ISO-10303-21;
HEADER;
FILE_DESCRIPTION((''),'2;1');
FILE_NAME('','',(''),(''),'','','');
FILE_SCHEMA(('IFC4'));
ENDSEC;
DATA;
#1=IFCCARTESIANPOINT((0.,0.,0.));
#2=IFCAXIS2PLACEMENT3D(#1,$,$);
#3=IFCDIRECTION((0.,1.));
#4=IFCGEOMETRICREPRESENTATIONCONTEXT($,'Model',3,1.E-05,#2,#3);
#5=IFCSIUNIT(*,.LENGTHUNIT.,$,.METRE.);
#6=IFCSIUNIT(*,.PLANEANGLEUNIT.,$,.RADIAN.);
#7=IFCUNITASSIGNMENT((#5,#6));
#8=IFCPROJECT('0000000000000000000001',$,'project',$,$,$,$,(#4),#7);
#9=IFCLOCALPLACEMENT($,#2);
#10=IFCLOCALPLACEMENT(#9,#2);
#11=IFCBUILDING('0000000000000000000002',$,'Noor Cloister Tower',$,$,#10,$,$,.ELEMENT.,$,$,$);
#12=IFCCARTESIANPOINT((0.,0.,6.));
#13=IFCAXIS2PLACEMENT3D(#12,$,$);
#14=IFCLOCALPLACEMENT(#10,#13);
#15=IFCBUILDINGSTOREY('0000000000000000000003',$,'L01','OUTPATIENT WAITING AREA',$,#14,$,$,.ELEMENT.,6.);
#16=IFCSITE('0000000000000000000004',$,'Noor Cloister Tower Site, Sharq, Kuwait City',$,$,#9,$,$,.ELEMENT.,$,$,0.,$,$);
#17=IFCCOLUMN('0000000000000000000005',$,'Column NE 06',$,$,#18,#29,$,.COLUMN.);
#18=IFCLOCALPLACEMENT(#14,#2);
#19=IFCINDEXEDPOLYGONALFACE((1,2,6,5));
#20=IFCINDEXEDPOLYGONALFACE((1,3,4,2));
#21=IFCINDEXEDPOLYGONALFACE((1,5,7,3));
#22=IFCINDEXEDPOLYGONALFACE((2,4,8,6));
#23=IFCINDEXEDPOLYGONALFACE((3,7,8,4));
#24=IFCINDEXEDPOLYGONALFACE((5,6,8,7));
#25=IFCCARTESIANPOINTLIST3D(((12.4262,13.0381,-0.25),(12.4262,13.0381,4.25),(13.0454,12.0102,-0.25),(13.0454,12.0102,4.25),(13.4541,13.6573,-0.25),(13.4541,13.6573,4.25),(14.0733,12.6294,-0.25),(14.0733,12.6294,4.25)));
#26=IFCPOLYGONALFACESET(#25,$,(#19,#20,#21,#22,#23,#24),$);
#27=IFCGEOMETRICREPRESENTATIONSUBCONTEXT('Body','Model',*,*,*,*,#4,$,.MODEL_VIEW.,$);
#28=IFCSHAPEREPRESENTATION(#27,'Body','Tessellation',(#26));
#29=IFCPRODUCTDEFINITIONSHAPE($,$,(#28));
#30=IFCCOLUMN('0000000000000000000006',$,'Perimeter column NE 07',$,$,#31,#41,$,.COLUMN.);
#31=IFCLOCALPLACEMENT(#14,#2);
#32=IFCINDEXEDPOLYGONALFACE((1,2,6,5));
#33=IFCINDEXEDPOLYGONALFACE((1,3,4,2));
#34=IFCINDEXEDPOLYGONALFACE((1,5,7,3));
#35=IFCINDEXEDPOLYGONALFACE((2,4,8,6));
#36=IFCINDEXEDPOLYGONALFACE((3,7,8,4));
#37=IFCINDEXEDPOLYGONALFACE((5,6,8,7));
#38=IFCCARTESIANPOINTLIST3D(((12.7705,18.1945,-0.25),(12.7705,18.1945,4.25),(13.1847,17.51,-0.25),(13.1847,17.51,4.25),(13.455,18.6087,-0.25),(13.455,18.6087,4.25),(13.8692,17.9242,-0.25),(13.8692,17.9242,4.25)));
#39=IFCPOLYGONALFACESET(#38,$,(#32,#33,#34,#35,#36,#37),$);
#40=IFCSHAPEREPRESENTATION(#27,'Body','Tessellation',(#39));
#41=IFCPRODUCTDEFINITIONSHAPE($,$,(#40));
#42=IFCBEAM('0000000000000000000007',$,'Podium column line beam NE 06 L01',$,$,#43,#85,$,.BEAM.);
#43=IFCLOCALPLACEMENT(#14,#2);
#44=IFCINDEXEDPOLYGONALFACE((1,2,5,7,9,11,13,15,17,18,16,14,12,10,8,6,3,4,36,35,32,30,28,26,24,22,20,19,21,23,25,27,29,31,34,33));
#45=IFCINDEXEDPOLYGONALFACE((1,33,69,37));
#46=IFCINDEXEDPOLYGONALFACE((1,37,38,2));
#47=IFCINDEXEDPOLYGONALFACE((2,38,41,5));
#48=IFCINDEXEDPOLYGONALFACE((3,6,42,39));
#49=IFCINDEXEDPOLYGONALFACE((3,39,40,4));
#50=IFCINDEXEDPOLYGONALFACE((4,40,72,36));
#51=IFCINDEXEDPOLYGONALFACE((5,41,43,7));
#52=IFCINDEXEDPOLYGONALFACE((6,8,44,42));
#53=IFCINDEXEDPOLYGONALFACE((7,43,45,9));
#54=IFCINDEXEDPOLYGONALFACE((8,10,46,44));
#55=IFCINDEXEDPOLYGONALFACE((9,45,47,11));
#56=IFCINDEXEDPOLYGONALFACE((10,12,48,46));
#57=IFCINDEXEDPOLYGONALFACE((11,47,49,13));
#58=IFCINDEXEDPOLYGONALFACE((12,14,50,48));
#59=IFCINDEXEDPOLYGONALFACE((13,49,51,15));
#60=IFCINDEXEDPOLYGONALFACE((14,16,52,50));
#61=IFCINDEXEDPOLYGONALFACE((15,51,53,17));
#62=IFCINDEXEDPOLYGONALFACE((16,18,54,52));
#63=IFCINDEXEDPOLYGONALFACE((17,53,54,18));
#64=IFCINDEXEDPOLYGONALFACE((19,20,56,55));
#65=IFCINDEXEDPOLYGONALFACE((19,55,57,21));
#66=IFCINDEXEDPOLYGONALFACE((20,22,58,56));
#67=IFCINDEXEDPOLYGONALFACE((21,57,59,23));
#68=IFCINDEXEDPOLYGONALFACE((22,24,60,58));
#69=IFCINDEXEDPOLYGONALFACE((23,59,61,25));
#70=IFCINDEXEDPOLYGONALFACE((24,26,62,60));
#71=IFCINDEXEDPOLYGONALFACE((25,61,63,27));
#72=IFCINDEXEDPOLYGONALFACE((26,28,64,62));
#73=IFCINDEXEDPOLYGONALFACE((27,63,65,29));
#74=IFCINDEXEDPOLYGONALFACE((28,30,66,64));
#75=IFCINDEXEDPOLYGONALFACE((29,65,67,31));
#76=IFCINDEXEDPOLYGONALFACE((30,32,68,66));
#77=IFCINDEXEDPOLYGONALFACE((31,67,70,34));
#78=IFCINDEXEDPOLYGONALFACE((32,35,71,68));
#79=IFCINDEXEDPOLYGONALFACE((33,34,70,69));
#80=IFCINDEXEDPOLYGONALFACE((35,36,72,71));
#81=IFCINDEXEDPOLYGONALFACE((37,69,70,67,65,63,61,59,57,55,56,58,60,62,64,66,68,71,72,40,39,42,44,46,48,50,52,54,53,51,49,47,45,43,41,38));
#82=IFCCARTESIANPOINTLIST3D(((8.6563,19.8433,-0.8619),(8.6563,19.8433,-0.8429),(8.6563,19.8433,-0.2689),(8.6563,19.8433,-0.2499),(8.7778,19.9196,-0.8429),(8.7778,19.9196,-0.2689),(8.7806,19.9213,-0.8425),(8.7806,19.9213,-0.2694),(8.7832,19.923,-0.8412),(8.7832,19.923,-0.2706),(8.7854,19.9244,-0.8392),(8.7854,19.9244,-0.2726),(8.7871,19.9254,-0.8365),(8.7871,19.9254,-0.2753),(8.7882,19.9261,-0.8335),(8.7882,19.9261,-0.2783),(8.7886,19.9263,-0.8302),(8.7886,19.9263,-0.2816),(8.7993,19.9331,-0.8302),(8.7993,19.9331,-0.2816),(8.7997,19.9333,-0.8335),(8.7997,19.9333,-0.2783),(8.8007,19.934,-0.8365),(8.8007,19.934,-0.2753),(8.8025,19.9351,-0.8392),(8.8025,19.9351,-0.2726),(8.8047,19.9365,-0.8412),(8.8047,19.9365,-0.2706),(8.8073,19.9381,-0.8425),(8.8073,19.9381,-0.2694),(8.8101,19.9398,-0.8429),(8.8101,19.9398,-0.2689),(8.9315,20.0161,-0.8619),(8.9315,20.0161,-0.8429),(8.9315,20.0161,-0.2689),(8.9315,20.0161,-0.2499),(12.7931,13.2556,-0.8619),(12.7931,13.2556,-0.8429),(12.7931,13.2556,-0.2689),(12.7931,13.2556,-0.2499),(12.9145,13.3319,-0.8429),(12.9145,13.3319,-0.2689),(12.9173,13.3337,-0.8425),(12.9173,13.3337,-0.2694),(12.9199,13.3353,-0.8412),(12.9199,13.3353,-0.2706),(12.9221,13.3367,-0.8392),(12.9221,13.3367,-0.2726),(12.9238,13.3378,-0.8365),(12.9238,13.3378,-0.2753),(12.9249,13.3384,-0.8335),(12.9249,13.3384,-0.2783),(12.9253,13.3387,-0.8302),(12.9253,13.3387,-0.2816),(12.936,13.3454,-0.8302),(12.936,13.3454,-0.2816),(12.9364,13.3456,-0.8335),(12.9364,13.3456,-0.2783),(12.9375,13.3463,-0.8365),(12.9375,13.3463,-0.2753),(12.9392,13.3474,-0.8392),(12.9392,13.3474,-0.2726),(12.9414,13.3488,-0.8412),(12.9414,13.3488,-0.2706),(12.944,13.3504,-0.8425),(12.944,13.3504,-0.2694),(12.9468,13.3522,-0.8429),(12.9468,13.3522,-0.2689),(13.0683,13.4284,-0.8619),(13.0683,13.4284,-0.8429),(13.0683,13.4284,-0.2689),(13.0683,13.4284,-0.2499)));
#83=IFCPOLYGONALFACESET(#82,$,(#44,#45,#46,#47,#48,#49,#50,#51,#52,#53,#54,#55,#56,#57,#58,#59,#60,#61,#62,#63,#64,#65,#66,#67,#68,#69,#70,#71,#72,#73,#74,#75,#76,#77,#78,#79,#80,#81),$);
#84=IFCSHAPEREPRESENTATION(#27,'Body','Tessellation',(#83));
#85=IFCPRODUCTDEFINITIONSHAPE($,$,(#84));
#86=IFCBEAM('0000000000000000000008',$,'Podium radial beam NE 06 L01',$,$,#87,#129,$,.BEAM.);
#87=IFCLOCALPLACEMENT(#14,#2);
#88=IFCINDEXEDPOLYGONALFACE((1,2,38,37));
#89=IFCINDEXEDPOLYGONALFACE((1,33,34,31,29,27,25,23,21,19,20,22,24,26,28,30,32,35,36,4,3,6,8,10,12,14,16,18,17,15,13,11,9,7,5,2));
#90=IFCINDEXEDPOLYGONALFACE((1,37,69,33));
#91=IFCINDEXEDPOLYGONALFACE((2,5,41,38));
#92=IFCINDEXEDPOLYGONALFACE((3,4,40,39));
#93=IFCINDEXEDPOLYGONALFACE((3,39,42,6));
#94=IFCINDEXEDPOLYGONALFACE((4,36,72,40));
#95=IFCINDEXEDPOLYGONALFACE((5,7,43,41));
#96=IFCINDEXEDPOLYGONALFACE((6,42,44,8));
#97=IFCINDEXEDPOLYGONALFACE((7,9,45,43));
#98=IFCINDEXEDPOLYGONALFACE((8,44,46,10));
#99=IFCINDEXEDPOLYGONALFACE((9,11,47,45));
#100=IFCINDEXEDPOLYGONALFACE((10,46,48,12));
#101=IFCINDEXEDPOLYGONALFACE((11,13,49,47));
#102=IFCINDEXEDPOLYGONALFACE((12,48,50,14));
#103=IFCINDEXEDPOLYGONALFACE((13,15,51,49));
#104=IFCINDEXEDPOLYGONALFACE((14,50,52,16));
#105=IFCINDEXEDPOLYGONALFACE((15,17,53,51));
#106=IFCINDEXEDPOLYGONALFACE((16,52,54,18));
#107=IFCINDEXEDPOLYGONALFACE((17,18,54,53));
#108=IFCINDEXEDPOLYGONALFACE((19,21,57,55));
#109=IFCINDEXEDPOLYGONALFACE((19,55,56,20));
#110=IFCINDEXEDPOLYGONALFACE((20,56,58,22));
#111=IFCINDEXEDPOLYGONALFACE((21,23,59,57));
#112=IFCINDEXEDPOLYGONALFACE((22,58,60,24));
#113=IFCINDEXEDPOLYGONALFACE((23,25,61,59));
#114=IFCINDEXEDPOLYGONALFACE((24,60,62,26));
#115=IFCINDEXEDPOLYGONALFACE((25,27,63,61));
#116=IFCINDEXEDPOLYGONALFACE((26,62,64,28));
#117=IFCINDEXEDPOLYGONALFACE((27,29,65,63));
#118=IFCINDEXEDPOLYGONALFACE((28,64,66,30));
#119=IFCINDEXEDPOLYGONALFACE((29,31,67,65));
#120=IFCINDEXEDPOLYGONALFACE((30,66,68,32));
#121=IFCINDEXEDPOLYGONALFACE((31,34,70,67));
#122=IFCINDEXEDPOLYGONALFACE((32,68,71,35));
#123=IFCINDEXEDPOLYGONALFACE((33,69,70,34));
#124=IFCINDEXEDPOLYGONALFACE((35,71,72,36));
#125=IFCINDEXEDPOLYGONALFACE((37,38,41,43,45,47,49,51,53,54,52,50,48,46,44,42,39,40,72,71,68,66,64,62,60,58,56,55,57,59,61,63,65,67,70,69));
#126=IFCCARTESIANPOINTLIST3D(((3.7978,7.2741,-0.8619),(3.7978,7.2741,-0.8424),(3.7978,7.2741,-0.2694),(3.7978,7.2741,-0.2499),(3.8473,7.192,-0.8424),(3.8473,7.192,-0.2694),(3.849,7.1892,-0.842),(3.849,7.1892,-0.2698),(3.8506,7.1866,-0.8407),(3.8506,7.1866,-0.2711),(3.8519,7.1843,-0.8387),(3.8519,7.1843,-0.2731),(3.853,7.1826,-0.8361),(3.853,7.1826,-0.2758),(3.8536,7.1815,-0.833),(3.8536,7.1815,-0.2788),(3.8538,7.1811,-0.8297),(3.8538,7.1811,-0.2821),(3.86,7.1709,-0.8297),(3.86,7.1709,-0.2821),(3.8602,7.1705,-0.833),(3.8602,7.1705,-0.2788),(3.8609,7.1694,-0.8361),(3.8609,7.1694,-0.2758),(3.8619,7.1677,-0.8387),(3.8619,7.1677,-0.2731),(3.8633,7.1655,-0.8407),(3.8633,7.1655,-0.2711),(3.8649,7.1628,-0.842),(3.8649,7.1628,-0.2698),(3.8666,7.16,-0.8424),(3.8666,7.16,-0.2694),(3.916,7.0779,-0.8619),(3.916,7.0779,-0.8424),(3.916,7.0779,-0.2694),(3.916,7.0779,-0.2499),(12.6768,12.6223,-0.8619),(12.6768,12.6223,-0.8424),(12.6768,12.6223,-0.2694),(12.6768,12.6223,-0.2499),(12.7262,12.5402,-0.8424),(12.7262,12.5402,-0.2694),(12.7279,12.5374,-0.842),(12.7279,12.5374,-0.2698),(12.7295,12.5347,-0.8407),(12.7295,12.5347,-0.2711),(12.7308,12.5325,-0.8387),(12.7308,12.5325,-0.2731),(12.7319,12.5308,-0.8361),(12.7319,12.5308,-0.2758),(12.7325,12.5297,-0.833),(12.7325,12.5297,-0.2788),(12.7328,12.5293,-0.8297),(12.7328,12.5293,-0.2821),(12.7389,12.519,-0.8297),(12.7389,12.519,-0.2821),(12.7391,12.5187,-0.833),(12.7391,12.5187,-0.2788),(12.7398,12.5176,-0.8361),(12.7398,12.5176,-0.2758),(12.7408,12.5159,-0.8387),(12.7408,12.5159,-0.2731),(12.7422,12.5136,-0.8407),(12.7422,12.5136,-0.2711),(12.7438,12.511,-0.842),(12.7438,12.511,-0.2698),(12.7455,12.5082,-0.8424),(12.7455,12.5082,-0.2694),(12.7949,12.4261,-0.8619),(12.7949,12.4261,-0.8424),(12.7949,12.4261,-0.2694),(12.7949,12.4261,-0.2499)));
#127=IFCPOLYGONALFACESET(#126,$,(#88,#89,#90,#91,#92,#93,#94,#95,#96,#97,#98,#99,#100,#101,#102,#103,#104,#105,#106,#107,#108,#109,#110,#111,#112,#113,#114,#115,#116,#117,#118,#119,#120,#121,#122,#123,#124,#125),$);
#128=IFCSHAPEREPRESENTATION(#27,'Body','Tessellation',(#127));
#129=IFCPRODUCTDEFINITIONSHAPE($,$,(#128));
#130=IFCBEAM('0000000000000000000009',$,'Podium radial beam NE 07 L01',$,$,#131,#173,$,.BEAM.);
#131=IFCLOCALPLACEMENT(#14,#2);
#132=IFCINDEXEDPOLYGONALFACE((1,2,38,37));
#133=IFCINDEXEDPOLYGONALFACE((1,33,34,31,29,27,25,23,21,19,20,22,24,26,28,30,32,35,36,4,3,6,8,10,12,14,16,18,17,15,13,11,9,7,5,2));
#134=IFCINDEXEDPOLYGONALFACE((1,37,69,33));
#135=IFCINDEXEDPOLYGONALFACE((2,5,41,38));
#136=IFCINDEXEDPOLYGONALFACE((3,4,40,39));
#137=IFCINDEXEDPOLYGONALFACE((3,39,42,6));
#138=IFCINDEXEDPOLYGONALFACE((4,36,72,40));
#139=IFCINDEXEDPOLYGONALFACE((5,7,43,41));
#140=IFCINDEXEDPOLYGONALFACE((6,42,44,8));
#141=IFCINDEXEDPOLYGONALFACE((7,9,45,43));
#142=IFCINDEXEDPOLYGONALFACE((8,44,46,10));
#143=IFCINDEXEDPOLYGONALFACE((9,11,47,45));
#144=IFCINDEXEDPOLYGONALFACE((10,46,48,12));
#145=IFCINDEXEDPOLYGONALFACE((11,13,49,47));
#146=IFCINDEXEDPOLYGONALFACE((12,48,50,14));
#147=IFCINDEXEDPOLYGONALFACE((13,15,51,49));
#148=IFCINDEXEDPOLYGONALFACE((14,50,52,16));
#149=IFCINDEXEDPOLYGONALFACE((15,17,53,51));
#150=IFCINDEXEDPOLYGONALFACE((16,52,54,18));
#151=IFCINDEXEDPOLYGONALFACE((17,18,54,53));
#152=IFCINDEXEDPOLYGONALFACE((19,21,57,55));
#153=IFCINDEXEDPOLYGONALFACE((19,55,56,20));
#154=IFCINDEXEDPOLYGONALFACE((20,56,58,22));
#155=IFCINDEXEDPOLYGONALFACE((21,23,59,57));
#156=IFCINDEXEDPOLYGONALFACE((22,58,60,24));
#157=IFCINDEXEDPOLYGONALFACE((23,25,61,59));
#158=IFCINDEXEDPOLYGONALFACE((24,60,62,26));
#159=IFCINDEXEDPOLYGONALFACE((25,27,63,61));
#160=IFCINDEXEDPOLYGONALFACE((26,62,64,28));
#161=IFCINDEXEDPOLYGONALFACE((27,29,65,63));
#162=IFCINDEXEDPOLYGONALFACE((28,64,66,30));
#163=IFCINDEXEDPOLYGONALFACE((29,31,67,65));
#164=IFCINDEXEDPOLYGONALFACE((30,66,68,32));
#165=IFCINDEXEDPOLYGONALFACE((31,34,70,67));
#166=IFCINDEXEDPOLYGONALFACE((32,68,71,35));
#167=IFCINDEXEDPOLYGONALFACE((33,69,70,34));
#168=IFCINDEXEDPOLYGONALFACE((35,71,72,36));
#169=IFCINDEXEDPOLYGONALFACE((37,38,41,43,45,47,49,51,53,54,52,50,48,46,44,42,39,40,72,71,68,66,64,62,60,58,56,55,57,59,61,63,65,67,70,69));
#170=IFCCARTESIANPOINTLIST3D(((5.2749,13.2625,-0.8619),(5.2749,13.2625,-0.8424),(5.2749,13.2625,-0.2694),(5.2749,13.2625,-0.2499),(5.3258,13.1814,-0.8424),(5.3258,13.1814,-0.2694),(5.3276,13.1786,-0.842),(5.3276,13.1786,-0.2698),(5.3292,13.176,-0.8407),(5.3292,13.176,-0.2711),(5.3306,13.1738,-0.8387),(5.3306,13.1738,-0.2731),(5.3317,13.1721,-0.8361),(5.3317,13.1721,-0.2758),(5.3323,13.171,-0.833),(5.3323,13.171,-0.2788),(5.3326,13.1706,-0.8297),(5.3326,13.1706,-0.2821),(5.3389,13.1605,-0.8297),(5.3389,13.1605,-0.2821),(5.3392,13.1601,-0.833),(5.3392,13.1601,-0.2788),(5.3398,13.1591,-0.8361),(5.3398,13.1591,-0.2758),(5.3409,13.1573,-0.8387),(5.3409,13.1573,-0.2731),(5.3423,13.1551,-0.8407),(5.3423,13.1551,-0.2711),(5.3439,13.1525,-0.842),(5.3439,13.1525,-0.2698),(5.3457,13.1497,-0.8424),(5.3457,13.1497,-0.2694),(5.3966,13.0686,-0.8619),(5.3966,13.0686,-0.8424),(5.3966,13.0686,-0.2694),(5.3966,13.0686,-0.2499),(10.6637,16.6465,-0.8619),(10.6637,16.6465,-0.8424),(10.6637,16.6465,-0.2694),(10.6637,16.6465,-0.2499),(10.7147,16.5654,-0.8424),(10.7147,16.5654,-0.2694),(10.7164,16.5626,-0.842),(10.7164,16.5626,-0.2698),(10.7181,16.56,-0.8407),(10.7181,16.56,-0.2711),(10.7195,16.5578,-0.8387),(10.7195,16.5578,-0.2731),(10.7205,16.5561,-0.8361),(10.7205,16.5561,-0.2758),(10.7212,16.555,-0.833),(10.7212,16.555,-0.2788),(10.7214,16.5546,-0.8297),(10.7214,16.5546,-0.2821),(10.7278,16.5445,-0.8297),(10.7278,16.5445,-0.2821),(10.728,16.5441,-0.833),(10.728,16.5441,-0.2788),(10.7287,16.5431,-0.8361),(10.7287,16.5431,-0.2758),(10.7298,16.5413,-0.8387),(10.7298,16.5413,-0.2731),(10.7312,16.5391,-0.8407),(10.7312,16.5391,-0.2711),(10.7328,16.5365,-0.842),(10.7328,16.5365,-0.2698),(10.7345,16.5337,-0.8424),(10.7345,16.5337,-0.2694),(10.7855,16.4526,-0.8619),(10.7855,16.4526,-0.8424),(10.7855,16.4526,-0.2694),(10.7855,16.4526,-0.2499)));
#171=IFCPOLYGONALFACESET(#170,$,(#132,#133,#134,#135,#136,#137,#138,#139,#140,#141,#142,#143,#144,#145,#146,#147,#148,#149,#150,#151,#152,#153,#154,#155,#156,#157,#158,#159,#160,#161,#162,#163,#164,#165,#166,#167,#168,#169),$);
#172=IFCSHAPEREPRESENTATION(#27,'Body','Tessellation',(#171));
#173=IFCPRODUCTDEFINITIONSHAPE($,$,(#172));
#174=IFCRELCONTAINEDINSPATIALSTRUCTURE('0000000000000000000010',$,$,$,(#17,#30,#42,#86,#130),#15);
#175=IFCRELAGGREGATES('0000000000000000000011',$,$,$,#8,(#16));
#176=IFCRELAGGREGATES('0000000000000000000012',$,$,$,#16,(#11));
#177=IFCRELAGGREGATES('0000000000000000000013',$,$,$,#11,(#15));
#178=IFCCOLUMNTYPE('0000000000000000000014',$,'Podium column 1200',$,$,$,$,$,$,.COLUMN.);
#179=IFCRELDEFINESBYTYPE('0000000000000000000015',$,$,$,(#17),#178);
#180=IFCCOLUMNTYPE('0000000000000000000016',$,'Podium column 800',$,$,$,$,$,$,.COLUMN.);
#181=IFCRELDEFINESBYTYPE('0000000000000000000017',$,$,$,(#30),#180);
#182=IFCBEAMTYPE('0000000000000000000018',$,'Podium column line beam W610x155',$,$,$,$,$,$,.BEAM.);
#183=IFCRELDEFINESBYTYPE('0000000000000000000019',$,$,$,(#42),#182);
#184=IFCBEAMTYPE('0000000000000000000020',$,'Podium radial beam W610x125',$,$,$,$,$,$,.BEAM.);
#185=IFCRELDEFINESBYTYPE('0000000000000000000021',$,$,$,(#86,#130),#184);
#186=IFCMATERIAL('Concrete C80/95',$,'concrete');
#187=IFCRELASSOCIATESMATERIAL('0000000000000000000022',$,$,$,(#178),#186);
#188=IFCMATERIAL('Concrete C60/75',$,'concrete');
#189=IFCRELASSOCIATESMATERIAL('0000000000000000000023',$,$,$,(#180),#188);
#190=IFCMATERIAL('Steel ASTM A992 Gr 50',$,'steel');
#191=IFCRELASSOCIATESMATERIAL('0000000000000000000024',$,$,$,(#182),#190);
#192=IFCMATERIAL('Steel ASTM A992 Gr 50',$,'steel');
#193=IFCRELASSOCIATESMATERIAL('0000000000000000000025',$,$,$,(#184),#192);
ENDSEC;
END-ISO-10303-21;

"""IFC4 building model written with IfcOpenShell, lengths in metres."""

from ifc_helpers import new_model, si_unit, direction, frame, origin, origin_2d, place, context, subcontext, project, spatial, rectangle, i_section, extrude, material, material_profile, profile_set, type_object, element, save


model = new_model("IFC4")

# Units and contexts
model_context = context("Model", 3, precision=1e-05, world=origin(), true_north=direction((0.0, 1.0)))
body_context = subcontext(model_context, "Body", "Model", "MODEL_VIEW")
ifc_project = project(units=[si_unit("LENGTHUNIT", "METRE"), si_unit("PLANEANGLEUNIT", "RADIAN")], contexts=[model_context])

# Site, building, storey
site_placement = place(None, origin())
site = spatial("IfcSite", under=ifc_project, at=site_placement, Name="Noor Cloister Tower Site, Sharq, Kuwait City", CompositionType="ELEMENT", RefElevation=0.0)
building_placement = place(site_placement, origin())
building = spatial("IfcBuilding", under=site, at=building_placement, Name="Noor Cloister Tower", CompositionType="ELEMENT")
storey_placement = place(building_placement, frame((0.0, 0.0, 6.0)))
storey = spatial("IfcBuildingStorey", under=building, at=storey_placement, Name="L01", Description="OUTPATIENT WAITING AREA", CompositionType="ELEMENT", Elevation=6.0)

# Columns
ifc_material_1 = material(Name="Concrete C80/95", Category="concrete")
ifc_material_profile_1 = material_profile(ifc_material_1, rectangle(XDim=1.2, YDim=1.2, at=origin_2d()), Name="Podium column 1200")
ifc_profile_set_1 = profile_set([ifc_material_profile_1], Name="Concrete C80/95")
column_type_1 = type_object("IfcColumnType", Name="Podium column 1200", PredefinedType="COLUMN", material=ifc_profile_set_1)
column_1_placement = place(storey_placement, frame((13.2498, 12.8337, -0.25), z_axis=(0.0, 0.0, 1.0), x_axis=(0.8566, 0.515981, 0.0)))
element("IfcColumn", 1, at=column_1_placement, inside=storey, type_object=column_type_1, Name="Column NE 06", PredefinedType="COLUMN", context=body_context, shape_type="SweptSolid", body=[
    extrude(rectangle(XDim=1.2, YDim=1.2, at=origin_2d()), origin(), (0.0, 0.0, 1.0), 4.5),
])
ifc_material_2 = material(Name="Concrete C60/75", Category="concrete")
ifc_material_profile_2 = material_profile(ifc_material_2, rectangle(XDim=0.8, YDim=0.8, at=origin_2d()), Name="Podium column 800")
ifc_profile_set_2 = profile_set([ifc_material_profile_2], Name="Concrete C60/75")
column_type_2 = type_object("IfcColumnType", Name="Podium column 800", PredefinedType="COLUMN", material=ifc_profile_set_2)
column_2_placement = place(storey_placement, frame((13.3198, 18.0593, -0.25), z_axis=(0.0, 0.0, 1.0), x_axis=(0.855574, 0.51768, 0.0)))
element("IfcColumn", 2, at=column_2_placement, inside=storey, type_object=column_type_2, Name="Perimeter column NE 07", PredefinedType="COLUMN", context=body_context, shape_type="SweptSolid", body=[
    extrude(rectangle(XDim=0.8, YDim=0.8, at=origin_2d()), origin(), (0.0, 0.0, 1.0), 4.5),
])

# Beams
ifc_material_3 = material(Name="Steel ASTM A992 Gr 50", Category="steel")
ifc_material_profile_3 = material_profile(ifc_material_3, i_section(OverallWidth=0.325, OverallDepth=0.6121, WebThickness=0.0127, FlangeThickness=0.019, FilletRadius=0.0127, at=origin_2d()), Name="W610x155")
ifc_profile_set_3 = profile_set([ifc_material_profile_3], Name="Steel ASTM A992 Gr 50")
beam_type_1 = type_object("IfcBeamType", Name="Podium column line beam W610x155", PredefinedType="BEAM", material=ifc_profile_set_3)
beam_1_placement = place(storey_placement, frame((12.9307, 13.342, -0.5559), z_axis=(-0.531795, 0.846873, 0.0), x_axis=(-0.846873, -0.531795, 0.0)))
element("IfcBeam", 3, at=beam_1_placement, inside=storey, type_object=beam_type_1, Name="Podium column line beam NE 06 L01", PredefinedType="BEAM", context=body_context, shape_type="SweptSolid", body=[
    extrude(i_section(OverallWidth=0.325, OverallDepth=0.6121, WebThickness=0.0127, FlangeThickness=0.019, FilletRadius=0.0127, at=origin_2d()), origin(), (0.0, 0.0, 1.0), 7.7788),
])
ifc_material_4 = material(Name="Steel ASTM A992 Gr 50", Category="steel")
ifc_material_profile_4 = material_profile(ifc_material_4, i_section(OverallWidth=0.229, OverallDepth=0.6121, WebThickness=0.012, FlangeThickness=0.0195, FilletRadius=0.0127, at=origin_2d()), Name="W610x125")
ifc_profile_set_4 = profile_set([ifc_material_profile_4], Name="Steel ASTM A992 Gr 50")
beam_type_2 = type_object("IfcBeamType", Name="Podium radial beam W610x125", PredefinedType="BEAM", material=ifc_profile_set_4)
beam_2_placement = place(storey_placement, frame((12.7358, 12.5242, -0.5559), z_axis=(-0.856606, -0.515971, 0.0), x_axis=(0.515971, -0.856606, 0.0)))
element("IfcBeam", 4, at=beam_2_placement, inside=storey, type_object=beam_type_2, Name="Podium radial beam NE 06 L01", PredefinedType="BEAM", context=body_context, shape_type="SweptSolid", body=[
    extrude(i_section(OverallWidth=0.229, OverallDepth=0.6121, WebThickness=0.012, FlangeThickness=0.0195, FilletRadius=0.0127, at=origin_2d()), origin(), (0.0, 0.0, 1.0), 10.3652),
])
beam_3_placement = place(storey_placement, frame((10.7246, 16.5496, -0.5559), z_axis=(-0.846869, -0.531801, 0.0), x_axis=(0.531801, -0.846869, 0.0)))
element("IfcBeam", 5, at=beam_3_placement, inside=storey, type_object=beam_type_2, Name="Podium radial beam NE 07 L01", PredefinedType="BEAM", context=body_context, shape_type="SweptSolid", body=[
    extrude(i_section(OverallWidth=0.229, OverallDepth=0.6121, WebThickness=0.012, FlangeThickness=0.0195, FilletRadius=0.0127, at=origin_2d()), origin(), (0.0, 0.0, 1.0), 6.3633),
])

save(model, "model.ifc")
